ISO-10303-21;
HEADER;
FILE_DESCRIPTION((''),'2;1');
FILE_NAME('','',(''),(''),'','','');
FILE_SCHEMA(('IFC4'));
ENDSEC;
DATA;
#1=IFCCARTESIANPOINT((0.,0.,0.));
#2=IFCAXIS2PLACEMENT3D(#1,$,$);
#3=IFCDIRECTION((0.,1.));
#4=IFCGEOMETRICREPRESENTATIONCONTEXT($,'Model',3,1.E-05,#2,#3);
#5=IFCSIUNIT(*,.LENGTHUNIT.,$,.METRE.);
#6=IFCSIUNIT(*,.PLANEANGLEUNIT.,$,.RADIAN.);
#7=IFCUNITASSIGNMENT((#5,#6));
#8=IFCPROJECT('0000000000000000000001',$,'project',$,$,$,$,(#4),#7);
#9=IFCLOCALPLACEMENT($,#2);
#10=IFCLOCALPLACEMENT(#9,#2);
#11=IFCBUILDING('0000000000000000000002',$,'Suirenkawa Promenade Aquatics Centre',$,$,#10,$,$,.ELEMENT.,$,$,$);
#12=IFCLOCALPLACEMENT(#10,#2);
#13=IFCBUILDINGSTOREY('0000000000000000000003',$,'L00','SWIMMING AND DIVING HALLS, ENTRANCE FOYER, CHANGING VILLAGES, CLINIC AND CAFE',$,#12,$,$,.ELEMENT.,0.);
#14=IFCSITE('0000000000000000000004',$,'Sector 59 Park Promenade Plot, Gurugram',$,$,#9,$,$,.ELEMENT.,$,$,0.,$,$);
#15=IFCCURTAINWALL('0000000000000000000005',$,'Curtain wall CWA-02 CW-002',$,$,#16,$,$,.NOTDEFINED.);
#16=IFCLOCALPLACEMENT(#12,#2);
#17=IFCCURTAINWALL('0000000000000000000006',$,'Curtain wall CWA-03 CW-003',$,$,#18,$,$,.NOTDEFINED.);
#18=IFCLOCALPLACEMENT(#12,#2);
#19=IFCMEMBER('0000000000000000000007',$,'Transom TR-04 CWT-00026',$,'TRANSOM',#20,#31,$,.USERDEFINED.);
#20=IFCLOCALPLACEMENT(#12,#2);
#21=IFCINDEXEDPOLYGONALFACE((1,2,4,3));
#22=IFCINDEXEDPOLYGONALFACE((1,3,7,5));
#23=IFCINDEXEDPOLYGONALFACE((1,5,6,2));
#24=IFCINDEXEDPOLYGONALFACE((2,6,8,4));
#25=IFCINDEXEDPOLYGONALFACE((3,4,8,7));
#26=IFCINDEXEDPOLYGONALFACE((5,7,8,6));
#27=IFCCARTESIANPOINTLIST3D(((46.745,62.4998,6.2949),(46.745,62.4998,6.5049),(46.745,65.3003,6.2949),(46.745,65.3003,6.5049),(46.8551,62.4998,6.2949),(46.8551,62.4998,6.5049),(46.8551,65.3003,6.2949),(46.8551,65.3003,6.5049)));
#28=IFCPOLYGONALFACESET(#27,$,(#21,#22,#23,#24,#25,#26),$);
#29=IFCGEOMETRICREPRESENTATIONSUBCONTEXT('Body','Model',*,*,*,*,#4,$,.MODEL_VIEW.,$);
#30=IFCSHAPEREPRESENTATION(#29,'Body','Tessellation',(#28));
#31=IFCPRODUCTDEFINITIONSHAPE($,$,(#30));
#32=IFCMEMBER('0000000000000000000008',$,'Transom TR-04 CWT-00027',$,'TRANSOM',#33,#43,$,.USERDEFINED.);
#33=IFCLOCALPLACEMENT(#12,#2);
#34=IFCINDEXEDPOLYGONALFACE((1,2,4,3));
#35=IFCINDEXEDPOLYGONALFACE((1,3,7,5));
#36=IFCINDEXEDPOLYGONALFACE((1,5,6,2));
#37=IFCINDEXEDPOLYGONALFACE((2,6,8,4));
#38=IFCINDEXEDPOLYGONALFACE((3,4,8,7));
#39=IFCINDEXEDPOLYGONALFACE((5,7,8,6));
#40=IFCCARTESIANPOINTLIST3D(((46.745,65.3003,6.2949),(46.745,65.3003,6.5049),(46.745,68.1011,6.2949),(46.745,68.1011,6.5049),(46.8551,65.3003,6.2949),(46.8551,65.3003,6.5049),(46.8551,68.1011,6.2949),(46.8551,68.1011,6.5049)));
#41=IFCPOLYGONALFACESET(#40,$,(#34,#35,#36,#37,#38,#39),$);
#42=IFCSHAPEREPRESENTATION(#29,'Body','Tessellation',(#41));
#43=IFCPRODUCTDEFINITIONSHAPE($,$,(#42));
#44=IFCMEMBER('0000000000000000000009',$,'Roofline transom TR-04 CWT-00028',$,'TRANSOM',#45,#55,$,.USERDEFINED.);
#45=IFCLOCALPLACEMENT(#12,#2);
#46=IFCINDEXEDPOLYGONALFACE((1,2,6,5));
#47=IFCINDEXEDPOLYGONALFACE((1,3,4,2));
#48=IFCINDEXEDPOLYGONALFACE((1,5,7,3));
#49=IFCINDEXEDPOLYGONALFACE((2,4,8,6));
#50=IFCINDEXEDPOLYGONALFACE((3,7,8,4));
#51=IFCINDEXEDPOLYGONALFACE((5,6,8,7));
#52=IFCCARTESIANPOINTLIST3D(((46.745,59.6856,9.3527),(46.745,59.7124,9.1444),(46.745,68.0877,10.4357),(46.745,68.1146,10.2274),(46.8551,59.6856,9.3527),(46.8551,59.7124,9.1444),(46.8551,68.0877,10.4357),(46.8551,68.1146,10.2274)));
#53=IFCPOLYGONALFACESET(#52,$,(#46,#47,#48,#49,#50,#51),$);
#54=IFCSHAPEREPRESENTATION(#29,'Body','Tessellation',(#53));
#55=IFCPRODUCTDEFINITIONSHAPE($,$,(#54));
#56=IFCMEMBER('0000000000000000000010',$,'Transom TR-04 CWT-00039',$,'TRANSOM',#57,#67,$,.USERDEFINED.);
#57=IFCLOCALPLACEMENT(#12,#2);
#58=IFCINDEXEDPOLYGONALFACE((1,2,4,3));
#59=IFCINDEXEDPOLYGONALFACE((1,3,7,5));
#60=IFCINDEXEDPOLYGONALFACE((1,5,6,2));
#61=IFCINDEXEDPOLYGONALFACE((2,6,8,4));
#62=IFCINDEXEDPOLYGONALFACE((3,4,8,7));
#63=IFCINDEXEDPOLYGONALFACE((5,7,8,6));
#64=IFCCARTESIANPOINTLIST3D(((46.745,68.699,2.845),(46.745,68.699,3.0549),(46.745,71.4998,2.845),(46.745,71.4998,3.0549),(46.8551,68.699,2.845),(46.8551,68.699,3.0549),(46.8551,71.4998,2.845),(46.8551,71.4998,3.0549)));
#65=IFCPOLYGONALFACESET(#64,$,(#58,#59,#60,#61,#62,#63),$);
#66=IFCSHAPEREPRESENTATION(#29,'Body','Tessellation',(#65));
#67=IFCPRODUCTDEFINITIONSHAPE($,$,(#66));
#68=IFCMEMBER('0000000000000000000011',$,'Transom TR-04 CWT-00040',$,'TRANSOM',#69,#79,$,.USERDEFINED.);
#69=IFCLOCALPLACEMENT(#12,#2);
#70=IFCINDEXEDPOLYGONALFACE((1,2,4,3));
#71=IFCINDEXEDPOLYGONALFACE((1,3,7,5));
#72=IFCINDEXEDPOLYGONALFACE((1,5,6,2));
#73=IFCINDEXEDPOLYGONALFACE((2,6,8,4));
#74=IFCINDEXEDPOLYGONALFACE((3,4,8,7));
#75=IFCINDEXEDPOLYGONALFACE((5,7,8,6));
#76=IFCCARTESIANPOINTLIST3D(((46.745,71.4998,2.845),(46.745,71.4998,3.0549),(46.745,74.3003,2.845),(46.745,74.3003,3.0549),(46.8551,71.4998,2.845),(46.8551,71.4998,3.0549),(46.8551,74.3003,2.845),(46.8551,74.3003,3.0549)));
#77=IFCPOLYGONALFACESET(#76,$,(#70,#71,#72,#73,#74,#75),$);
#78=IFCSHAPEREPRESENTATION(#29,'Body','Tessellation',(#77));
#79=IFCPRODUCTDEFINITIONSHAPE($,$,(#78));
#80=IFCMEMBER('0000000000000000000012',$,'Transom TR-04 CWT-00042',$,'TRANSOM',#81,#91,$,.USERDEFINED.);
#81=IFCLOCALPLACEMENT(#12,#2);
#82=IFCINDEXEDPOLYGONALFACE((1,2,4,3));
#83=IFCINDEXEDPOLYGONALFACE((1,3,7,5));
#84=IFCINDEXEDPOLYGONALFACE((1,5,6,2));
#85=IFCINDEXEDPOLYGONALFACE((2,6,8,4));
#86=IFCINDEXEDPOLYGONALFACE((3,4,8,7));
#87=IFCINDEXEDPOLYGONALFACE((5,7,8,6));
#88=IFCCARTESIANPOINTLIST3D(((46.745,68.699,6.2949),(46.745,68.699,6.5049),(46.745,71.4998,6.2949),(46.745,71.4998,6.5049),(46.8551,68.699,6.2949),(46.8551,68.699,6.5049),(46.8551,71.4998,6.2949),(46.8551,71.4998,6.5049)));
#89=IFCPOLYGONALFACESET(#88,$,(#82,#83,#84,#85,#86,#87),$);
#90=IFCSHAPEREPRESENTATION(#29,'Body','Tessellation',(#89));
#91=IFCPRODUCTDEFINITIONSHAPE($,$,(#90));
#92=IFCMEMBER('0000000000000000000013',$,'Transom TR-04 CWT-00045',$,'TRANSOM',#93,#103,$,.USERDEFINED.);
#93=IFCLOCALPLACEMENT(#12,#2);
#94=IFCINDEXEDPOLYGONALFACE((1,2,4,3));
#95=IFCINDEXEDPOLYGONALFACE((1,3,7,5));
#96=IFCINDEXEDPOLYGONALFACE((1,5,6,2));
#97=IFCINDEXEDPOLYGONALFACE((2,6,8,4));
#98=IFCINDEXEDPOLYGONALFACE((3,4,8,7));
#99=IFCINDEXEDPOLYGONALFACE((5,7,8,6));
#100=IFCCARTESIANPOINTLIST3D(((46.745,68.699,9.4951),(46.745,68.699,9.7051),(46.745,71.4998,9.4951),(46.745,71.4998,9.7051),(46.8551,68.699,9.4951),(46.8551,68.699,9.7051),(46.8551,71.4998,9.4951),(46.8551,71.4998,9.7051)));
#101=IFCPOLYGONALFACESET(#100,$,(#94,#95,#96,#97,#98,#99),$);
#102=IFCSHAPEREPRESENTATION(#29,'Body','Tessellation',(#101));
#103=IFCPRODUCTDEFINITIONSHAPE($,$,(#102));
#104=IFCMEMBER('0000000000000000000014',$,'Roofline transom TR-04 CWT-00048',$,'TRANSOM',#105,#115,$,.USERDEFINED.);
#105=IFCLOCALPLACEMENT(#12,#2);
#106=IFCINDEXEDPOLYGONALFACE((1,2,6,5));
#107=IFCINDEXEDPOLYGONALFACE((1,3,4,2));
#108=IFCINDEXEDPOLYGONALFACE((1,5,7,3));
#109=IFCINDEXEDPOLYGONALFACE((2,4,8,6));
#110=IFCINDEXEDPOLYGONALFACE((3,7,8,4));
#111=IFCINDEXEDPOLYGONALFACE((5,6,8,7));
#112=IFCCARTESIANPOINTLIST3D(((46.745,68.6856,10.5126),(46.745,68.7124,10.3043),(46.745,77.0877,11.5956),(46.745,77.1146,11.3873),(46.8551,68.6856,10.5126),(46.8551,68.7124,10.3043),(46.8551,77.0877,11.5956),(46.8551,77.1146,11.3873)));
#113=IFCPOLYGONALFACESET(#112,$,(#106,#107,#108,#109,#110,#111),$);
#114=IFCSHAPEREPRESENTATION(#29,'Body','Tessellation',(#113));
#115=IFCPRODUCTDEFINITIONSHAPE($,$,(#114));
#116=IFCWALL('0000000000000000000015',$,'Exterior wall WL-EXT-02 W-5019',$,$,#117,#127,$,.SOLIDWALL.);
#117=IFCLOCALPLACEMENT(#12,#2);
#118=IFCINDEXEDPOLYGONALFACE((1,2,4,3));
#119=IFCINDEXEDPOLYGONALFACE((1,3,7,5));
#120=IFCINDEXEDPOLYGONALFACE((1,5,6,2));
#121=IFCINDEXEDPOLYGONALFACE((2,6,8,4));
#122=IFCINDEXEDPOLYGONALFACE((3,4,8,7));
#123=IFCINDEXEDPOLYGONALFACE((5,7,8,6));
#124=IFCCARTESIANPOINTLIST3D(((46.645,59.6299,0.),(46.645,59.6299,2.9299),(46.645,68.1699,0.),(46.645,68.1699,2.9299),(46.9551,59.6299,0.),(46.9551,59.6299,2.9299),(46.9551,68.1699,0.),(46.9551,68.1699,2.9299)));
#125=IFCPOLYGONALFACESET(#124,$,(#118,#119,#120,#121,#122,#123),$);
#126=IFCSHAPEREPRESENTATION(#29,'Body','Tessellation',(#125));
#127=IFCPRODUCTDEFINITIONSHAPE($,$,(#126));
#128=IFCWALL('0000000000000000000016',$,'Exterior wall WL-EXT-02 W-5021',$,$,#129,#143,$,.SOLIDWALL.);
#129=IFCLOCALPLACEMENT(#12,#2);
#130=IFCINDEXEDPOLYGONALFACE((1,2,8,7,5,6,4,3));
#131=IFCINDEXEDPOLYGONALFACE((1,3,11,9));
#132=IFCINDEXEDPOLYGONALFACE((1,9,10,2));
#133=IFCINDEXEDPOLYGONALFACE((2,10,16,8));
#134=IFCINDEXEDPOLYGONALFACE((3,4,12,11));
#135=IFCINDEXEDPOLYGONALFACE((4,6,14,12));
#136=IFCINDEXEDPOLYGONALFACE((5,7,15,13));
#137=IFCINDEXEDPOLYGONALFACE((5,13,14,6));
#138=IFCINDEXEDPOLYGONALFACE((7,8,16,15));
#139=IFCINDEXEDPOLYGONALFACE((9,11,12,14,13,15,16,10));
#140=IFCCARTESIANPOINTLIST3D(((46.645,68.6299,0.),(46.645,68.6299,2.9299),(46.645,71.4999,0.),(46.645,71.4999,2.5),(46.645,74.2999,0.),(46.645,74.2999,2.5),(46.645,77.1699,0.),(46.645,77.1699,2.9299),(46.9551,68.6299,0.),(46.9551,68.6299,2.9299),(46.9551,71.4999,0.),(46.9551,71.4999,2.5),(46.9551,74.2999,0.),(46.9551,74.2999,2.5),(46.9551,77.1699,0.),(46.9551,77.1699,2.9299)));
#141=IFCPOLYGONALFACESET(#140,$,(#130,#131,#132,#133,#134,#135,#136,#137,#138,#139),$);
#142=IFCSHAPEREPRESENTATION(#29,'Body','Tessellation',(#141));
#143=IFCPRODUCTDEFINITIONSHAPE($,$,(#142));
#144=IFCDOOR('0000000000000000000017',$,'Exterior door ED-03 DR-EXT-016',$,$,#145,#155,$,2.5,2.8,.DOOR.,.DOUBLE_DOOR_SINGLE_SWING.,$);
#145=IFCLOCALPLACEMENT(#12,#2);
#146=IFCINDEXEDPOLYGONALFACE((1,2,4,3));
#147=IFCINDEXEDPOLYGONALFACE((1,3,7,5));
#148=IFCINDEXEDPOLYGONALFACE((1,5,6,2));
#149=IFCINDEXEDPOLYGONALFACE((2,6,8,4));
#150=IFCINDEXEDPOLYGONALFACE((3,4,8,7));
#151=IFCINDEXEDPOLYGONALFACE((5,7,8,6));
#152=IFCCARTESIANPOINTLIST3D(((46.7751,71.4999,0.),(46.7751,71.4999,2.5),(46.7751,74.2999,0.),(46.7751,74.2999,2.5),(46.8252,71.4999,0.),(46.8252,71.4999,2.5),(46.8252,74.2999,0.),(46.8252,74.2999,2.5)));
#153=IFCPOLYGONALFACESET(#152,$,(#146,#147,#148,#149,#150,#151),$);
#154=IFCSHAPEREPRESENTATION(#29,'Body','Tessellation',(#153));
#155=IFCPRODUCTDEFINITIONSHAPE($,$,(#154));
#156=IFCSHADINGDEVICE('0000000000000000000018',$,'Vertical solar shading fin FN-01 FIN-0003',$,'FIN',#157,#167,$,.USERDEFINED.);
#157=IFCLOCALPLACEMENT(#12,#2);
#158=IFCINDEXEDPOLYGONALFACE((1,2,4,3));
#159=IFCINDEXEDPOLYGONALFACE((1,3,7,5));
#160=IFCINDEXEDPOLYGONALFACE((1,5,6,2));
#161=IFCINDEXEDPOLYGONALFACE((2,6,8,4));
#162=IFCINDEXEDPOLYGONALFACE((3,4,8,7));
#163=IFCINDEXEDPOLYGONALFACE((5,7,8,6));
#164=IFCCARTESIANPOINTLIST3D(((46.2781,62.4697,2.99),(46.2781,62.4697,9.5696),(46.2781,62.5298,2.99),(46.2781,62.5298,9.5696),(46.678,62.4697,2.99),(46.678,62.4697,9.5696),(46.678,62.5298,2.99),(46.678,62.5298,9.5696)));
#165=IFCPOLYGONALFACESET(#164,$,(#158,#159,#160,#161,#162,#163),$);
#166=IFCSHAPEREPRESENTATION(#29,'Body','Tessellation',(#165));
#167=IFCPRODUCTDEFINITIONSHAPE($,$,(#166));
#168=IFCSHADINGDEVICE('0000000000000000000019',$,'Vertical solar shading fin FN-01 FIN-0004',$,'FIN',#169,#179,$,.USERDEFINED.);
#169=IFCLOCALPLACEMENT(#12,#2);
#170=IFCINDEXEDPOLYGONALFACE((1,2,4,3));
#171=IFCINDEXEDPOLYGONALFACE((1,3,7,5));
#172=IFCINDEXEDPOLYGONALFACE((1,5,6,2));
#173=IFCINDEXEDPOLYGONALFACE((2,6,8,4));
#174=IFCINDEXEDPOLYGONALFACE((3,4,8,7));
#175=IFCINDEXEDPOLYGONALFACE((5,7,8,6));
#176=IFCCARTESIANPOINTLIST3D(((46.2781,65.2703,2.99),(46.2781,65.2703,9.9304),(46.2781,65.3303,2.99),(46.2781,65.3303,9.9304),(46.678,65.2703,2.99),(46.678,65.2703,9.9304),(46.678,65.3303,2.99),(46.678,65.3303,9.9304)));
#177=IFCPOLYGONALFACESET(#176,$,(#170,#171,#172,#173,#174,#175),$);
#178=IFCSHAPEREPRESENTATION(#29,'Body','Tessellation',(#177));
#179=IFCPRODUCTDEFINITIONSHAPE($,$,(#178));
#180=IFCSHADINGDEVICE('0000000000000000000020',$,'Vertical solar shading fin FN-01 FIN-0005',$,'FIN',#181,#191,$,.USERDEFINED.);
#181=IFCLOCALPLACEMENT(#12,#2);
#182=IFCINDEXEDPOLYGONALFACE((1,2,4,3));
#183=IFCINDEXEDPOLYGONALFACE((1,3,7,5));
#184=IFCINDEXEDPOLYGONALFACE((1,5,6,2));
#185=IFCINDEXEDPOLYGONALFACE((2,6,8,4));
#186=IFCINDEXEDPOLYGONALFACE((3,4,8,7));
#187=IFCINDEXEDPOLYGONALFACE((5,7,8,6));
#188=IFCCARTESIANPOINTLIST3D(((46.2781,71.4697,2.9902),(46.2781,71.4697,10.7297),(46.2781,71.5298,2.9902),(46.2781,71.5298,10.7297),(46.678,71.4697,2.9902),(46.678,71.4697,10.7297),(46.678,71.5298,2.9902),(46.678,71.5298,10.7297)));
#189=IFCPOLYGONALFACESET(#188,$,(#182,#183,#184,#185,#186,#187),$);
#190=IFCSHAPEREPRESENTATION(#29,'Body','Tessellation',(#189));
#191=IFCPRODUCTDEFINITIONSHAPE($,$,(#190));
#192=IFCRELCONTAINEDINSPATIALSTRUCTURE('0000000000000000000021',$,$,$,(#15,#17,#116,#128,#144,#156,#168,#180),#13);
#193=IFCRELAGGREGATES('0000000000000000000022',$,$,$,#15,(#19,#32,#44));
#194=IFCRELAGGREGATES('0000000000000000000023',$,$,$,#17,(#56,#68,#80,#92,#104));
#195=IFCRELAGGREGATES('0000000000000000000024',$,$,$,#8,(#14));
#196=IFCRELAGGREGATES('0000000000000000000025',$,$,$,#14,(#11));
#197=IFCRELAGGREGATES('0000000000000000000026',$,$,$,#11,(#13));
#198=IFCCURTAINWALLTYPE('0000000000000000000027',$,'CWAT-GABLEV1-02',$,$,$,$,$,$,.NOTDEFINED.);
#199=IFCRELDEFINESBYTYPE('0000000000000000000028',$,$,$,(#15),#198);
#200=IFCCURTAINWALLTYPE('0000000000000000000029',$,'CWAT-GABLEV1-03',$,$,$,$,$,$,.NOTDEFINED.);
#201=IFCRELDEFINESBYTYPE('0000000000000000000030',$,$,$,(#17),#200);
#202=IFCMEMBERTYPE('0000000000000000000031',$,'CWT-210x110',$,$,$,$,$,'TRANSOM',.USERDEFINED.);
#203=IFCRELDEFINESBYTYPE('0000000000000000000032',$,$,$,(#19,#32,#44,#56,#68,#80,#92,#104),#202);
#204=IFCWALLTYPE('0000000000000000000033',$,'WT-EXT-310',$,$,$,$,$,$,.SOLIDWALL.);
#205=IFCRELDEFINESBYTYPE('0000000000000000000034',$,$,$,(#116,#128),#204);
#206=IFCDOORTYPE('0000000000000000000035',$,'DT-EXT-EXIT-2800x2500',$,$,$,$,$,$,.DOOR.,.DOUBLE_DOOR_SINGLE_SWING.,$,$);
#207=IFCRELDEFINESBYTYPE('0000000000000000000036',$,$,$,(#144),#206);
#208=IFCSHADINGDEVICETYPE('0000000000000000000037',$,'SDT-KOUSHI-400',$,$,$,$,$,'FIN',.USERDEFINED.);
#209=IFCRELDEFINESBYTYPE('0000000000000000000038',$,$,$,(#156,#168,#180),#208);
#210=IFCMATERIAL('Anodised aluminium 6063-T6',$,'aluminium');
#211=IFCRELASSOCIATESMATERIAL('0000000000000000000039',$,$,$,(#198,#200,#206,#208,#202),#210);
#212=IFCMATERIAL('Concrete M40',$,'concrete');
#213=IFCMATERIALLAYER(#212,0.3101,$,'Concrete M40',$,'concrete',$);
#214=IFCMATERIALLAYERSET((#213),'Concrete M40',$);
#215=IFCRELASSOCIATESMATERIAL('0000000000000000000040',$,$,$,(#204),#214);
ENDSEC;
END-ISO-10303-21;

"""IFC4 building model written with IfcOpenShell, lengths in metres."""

from ifc_helpers import new_model, si_unit, direction, frame, frame_2d, origin, origin_2d, place, context, subcontext, project, spatial, rectangle, extrude, material, layer, layer_set, material_profile, profile_set, type_object, element, fill, aggregate, save


model = new_model("IFC4")

# Units and contexts
model_context = context("Model", 3, precision=1e-05, world=origin(), true_north=direction((0.0, 1.0)))
body_context = subcontext(model_context, "Body", "Model", "MODEL_VIEW")
ifc_project = project(units=[si_unit("LENGTHUNIT", "METRE"), si_unit("PLANEANGLEUNIT", "RADIAN")], contexts=[model_context])

# Site, building, storey
site_placement = place(None, origin())
site = spatial("IfcSite", under=ifc_project, at=site_placement, Name="Sector 59 Park Promenade Plot, Gurugram", CompositionType="ELEMENT", RefElevation=0.0)
building_placement = place(site_placement, origin())
building = spatial("IfcBuilding", under=site, at=building_placement, Name="Suirenkawa Promenade Aquatics Centre", CompositionType="ELEMENT")
storey_placement = place(building_placement, origin())
storey = spatial("IfcBuildingStorey", under=building, at=storey_placement, Name="L00", Description="SWIMMING AND DIVING HALLS, ENTRANCE FOYER, CHANGING VILLAGES, CLINIC AND CAFE", CompositionType="ELEMENT", Elevation=0.0)

# Shared definitions
ifc_material_1 = material(Name="Anodised aluminium 6063-T6", Category="aluminium")

# Curtain walls
curtain_wall_type_1 = type_object("IfcCurtainWallType", Name="CWAT-GABLEV1-02", PredefinedType="NOTDEFINED", material=ifc_material_1)
curtain_wall_1_placement = place(storey_placement, origin())
curtain_wall_1 = element("IfcCurtainWall", 1, at=curtain_wall_1_placement, inside=storey, type_object=curtain_wall_type_1, Name="Curtain wall CWA-02 CW-002", PredefinedType="NOTDEFINED")
curtain_wall_type_2 = type_object("IfcCurtainWallType", Name="CWAT-GABLEV1-03", PredefinedType="NOTDEFINED", material=ifc_material_1)
curtain_wall_2_placement = place(storey_placement, origin())
curtain_wall_2 = element("IfcCurtainWall", 2, at=curtain_wall_2_placement, inside=storey, type_object=curtain_wall_type_2, Name="Curtain wall CWA-03 CW-003", PredefinedType="NOTDEFINED")

# Members
ifc_material_profile_1 = material_profile(ifc_material_1, rectangle(XDim=0.1101, YDim=0.21, at=origin_2d()), Name="ALU TRAN 110x210", Category="aluminium")
ifc_profile_set_1 = profile_set([ifc_material_profile_1], Name="Anodised aluminium 6063-T6")
member_type_1 = type_object("IfcMemberType", Name="CWT-210x110", ElementType="TRANSOM", PredefinedType="USERDEFINED", material=ifc_profile_set_1)
member_1_placement = place(storey_placement, frame((46.8, 62.4998, 6.3999), z_axis=(0.0, 1.0, 0.0), x_axis=(-1.0, 0.0, 0.0)))
member_1 = element("IfcMember", 3, at=member_1_placement, type_object=member_type_1, Name="Transom TR-04 CWT-00026", ObjectType="TRANSOM", PredefinedType="USERDEFINED", context=body_context, shape_type="SweptSolid", body=[
    extrude(rectangle(XDim=0.1101, YDim=0.21, at=origin_2d()), origin(), (0.0, 0.0, 1.0), 2.8005),
])
member_2_placement = place(storey_placement, frame((46.8, 65.3003, 6.3999), z_axis=(0.0, 1.0, 0.0), x_axis=(-1.0, 0.0, 0.0)))
member_2 = element("IfcMember", 4, at=member_2_placement, type_object=member_type_1, Name="Transom TR-04 CWT-00027", ObjectType="TRANSOM", PredefinedType="USERDEFINED", context=body_context, shape_type="SweptSolid", body=[
    extrude(rectangle(XDim=0.1101, YDim=0.21, at=origin_2d()), origin(), (0.0, 0.0, 1.0), 2.8008),
])
member_3_placement = place(storey_placement, frame((46.8, 59.699, 9.2485), z_axis=(0.0, 0.991795, 0.12784), x_axis=(-1.0, 0.0, 0.0)))
member_3 = element("IfcMember", 5, at=member_3_placement, type_object=member_type_1, Name="Roofline transom TR-04 CWT-00028", ObjectType="TRANSOM", PredefinedType="USERDEFINED", context=body_context, shape_type="SweptSolid", body=[
    extrude(rectangle(XDim=0.1101, YDim=0.21, at=origin_2d()), origin(), (0.0, 0.0, 1.0), 8.4717),
])
member_4_placement = place(storey_placement, frame((46.8, 68.699, 2.95), z_axis=(0.0, 1.0, 0.0), x_axis=(-1.0, 0.0, 0.0)))
member_4 = element("IfcMember", 6, at=member_4_placement, type_object=member_type_1, Name="Transom TR-04 CWT-00039", ObjectType="TRANSOM", PredefinedType="USERDEFINED", context=body_context, shape_type="SweptSolid", body=[
    extrude(rectangle(XDim=0.1101, YDim=0.21, at=origin_2d()), origin(), (0.0, 0.0, 1.0), 2.8008),
])
member_5_placement = place(storey_placement, frame((46.8, 71.4998, 2.95), z_axis=(0.0, 1.0, 0.0), x_axis=(-1.0, 0.0, 0.0)))
member_5 = element("IfcMember", 7, at=member_5_placement, type_object=member_type_1, Name="Transom TR-04 CWT-00040", ObjectType="TRANSOM", PredefinedType="USERDEFINED", context=body_context, shape_type="SweptSolid", body=[
    extrude(rectangle(XDim=0.1101, YDim=0.21, at=origin_2d()), origin(), (0.0, 0.0, 1.0), 2.8005),
])
member_6_placement = place(storey_placement, frame((46.8, 68.699, 6.3999), z_axis=(0.0, 1.0, 0.0), x_axis=(-1.0, 0.0, 0.0)))
member_6 = element("IfcMember", 8, at=member_6_placement, type_object=member_type_1, Name="Transom TR-04 CWT-00042", ObjectType="TRANSOM", PredefinedType="USERDEFINED", context=body_context, shape_type="SweptSolid", body=[
    extrude(rectangle(XDim=0.1101, YDim=0.21, at=origin_2d()), origin(), (0.0, 0.0, 1.0), 2.8008),
])
member_7_placement = place(storey_placement, frame((46.8, 68.699, 9.6001), z_axis=(0.0, 1.0, 0.0), x_axis=(-1.0, 0.0, 0.0)))
member_7 = element("IfcMember", 9, at=member_7_placement, type_object=member_type_1, Name="Transom TR-04 CWT-00045", ObjectType="TRANSOM", PredefinedType="USERDEFINED", context=body_context, shape_type="SweptSolid", body=[
    extrude(rectangle(XDim=0.1101, YDim=0.21, at=origin_2d()), origin(), (0.0, 0.0, 1.0), 2.8008),
])
member_8_placement = place(storey_placement, frame((46.8, 68.699, 10.4084), z_axis=(0.0, 0.991795, 0.12784), x_axis=(-1.0, 0.0, 0.0)))
member_8 = element("IfcMember", 10, at=member_8_placement, type_object=member_type_1, Name="Roofline transom TR-04 CWT-00048", ObjectType="TRANSOM", PredefinedType="USERDEFINED", context=body_context, shape_type="SweptSolid", body=[
    extrude(rectangle(XDim=0.1101, YDim=0.21, at=origin_2d()), origin(), (0.0, 0.0, 1.0), 8.4717),
])

aggregate(curtain_wall_1, [member_1, member_2, member_3])
aggregate(curtain_wall_2, [member_4, member_5, member_6, member_7, member_8])

# Wall
ifc_material_2 = material(Name="Concrete M40", Category="concrete")
ifc_layer_1 = layer(ifc_material_2, 0.3101, Name="Concrete M40", Category="concrete")
ifc_layer_set_1 = layer_set([ifc_layer_1], Name="Concrete M40")
wall_type = type_object("IfcWallType", Name="WT-EXT-310", PredefinedType="SOLIDWALL", material=ifc_layer_set_1)
wall_1_placement = place(storey_placement, frame((46.8, 59.6299, 0.0), z_axis=(0.0, 0.0, 1.0), x_axis=(0.0, 1.0, 0.0)))
element("IfcWall", 11, at=wall_1_placement, inside=storey, type_object=wall_type, Name="Exterior wall WL-EXT-02 W-5019", PredefinedType="SOLIDWALL", context=body_context, shape_type="SweptSolid", body=[
    extrude(rectangle(XDim=8.54, YDim=0.3101, at=frame_2d((4.27, 0.0))), origin(), (0.0, 0.0, 1.0), 2.9299),
])

# Wall, opening, door
wall_2_placement = place(storey_placement, frame((46.8, 68.6299, 0.0), z_axis=(0.0, 0.0, 1.0), x_axis=(0.0, 1.0, 0.0)))
wall_2 = element("IfcWall", 12, at=wall_2_placement, inside=storey, type_object=wall_type, Name="Exterior wall WL-EXT-02 W-5021", PredefinedType="SOLIDWALL", context=body_context, shape_type="SweptSolid", body=[
    extrude(rectangle(XDim=8.54, YDim=0.3101, at=frame_2d((4.27, 0.0))), origin(), (0.0, 0.0, 1.0), 2.9299),
])
opening_placement = place(wall_2_placement, frame((2.8701, 0.0, 0.0)))
opening = element("IfcOpeningElement", 13, at=opening_placement, cuts=wall_2, PredefinedType="OPENING", context=body_context, shape_type="SweptSolid", body=[
    extrude(rectangle(XDim=2.8, YDim=2.5, at=frame_2d((1.3999, 1.25))), frame((0.0, 0.165, 0.0), z_axis=(0.0, -1.0, 0.0), x_axis=(1.0, 0.0, 0.0)), (0.0, 0.0, 1.0), 0.3301),
])
door_type = type_object("IfcDoorType", Name="DT-EXT-EXIT-2800x2500", OperationType="DOUBLE_DOOR_SINGLE_SWING", PredefinedType="DOOR", material=ifc_material_1)
door_placement = place(opening_placement, origin())
door = element("IfcDoor", 14, at=door_placement, inside=storey, type_object=door_type, Name="Exterior door ED-03 DR-EXT-016", OperationType="DOUBLE_DOOR_SINGLE_SWING", OverallHeight=2.5, OverallWidth=2.8, PredefinedType="DOOR", context=body_context, shape_type="SweptSolid", body=[
    extrude(rectangle(XDim=2.8, YDim=2.5, at=frame_2d((1.3999, 1.25))), frame((0.0, 0.0249, 0.0), z_axis=(0.0, -1.0, 0.0), x_axis=(1.0, 0.0, 0.0)), (0.0, 0.0, 1.0), 0.05),
])
fill(opening, door)

# Shading devices
shading_device_type = type_object("IfcShadingDeviceType", Name="SDT-KOUSHI-400", ElementType="FIN", PredefinedType="USERDEFINED", material=ifc_material_1)
shading_device_1_placement = place(storey_placement, frame((46.478, 62.4998, 2.99), z_axis=(0.0, 0.0, 1.0), x_axis=(-1.0, 0.0, 0.0)))
element("IfcShadingDevice", 15, at=shading_device_1_placement, inside=storey, type_object=shading_device_type, Name="Vertical solar shading fin FN-01 FIN-0003", ObjectType="FIN", PredefinedType="USERDEFINED", context=body_context, shape_type="SweptSolid", body=[
    extrude(rectangle(XDim=0.3999, YDim=0.0601, at=origin_2d()), origin(), (0.0, 0.0, 1.0), 6.5796),
])
shading_device_2_placement = place(storey_placement, frame((46.478, 65.3003, 2.99), z_axis=(0.0, 0.0, 1.0), x_axis=(-1.0, 0.0, 0.0)))
element("IfcShadingDevice", 16, at=shading_device_2_placement, inside=storey, type_object=shading_device_type, Name="Vertical solar shading fin FN-01 FIN-0004", ObjectType="FIN", PredefinedType="USERDEFINED", context=body_context, shape_type="SweptSolid", body=[
    extrude(rectangle(XDim=0.3999, YDim=0.0601, at=origin_2d()), origin(), (0.0, 0.0, 1.0), 6.9404),
])
shading_device_3_placement = place(storey_placement, frame((46.478, 71.4998, 2.9902), z_axis=(0.0, 0.0, 1.0), x_axis=(-1.0, 0.0, 0.0)))
element("IfcShadingDevice", 17, at=shading_device_3_placement, inside=storey, type_object=shading_device_type, Name="Vertical solar shading fin FN-01 FIN-0005", ObjectType="FIN", PredefinedType="USERDEFINED", context=body_context, shape_type="SweptSolid", body=[
    extrude(rectangle(XDim=0.3999, YDim=0.0601, at=origin_2d()), origin(), (0.0, 0.0, 1.0), 7.7395),
])

save(model, "model.ifc")
